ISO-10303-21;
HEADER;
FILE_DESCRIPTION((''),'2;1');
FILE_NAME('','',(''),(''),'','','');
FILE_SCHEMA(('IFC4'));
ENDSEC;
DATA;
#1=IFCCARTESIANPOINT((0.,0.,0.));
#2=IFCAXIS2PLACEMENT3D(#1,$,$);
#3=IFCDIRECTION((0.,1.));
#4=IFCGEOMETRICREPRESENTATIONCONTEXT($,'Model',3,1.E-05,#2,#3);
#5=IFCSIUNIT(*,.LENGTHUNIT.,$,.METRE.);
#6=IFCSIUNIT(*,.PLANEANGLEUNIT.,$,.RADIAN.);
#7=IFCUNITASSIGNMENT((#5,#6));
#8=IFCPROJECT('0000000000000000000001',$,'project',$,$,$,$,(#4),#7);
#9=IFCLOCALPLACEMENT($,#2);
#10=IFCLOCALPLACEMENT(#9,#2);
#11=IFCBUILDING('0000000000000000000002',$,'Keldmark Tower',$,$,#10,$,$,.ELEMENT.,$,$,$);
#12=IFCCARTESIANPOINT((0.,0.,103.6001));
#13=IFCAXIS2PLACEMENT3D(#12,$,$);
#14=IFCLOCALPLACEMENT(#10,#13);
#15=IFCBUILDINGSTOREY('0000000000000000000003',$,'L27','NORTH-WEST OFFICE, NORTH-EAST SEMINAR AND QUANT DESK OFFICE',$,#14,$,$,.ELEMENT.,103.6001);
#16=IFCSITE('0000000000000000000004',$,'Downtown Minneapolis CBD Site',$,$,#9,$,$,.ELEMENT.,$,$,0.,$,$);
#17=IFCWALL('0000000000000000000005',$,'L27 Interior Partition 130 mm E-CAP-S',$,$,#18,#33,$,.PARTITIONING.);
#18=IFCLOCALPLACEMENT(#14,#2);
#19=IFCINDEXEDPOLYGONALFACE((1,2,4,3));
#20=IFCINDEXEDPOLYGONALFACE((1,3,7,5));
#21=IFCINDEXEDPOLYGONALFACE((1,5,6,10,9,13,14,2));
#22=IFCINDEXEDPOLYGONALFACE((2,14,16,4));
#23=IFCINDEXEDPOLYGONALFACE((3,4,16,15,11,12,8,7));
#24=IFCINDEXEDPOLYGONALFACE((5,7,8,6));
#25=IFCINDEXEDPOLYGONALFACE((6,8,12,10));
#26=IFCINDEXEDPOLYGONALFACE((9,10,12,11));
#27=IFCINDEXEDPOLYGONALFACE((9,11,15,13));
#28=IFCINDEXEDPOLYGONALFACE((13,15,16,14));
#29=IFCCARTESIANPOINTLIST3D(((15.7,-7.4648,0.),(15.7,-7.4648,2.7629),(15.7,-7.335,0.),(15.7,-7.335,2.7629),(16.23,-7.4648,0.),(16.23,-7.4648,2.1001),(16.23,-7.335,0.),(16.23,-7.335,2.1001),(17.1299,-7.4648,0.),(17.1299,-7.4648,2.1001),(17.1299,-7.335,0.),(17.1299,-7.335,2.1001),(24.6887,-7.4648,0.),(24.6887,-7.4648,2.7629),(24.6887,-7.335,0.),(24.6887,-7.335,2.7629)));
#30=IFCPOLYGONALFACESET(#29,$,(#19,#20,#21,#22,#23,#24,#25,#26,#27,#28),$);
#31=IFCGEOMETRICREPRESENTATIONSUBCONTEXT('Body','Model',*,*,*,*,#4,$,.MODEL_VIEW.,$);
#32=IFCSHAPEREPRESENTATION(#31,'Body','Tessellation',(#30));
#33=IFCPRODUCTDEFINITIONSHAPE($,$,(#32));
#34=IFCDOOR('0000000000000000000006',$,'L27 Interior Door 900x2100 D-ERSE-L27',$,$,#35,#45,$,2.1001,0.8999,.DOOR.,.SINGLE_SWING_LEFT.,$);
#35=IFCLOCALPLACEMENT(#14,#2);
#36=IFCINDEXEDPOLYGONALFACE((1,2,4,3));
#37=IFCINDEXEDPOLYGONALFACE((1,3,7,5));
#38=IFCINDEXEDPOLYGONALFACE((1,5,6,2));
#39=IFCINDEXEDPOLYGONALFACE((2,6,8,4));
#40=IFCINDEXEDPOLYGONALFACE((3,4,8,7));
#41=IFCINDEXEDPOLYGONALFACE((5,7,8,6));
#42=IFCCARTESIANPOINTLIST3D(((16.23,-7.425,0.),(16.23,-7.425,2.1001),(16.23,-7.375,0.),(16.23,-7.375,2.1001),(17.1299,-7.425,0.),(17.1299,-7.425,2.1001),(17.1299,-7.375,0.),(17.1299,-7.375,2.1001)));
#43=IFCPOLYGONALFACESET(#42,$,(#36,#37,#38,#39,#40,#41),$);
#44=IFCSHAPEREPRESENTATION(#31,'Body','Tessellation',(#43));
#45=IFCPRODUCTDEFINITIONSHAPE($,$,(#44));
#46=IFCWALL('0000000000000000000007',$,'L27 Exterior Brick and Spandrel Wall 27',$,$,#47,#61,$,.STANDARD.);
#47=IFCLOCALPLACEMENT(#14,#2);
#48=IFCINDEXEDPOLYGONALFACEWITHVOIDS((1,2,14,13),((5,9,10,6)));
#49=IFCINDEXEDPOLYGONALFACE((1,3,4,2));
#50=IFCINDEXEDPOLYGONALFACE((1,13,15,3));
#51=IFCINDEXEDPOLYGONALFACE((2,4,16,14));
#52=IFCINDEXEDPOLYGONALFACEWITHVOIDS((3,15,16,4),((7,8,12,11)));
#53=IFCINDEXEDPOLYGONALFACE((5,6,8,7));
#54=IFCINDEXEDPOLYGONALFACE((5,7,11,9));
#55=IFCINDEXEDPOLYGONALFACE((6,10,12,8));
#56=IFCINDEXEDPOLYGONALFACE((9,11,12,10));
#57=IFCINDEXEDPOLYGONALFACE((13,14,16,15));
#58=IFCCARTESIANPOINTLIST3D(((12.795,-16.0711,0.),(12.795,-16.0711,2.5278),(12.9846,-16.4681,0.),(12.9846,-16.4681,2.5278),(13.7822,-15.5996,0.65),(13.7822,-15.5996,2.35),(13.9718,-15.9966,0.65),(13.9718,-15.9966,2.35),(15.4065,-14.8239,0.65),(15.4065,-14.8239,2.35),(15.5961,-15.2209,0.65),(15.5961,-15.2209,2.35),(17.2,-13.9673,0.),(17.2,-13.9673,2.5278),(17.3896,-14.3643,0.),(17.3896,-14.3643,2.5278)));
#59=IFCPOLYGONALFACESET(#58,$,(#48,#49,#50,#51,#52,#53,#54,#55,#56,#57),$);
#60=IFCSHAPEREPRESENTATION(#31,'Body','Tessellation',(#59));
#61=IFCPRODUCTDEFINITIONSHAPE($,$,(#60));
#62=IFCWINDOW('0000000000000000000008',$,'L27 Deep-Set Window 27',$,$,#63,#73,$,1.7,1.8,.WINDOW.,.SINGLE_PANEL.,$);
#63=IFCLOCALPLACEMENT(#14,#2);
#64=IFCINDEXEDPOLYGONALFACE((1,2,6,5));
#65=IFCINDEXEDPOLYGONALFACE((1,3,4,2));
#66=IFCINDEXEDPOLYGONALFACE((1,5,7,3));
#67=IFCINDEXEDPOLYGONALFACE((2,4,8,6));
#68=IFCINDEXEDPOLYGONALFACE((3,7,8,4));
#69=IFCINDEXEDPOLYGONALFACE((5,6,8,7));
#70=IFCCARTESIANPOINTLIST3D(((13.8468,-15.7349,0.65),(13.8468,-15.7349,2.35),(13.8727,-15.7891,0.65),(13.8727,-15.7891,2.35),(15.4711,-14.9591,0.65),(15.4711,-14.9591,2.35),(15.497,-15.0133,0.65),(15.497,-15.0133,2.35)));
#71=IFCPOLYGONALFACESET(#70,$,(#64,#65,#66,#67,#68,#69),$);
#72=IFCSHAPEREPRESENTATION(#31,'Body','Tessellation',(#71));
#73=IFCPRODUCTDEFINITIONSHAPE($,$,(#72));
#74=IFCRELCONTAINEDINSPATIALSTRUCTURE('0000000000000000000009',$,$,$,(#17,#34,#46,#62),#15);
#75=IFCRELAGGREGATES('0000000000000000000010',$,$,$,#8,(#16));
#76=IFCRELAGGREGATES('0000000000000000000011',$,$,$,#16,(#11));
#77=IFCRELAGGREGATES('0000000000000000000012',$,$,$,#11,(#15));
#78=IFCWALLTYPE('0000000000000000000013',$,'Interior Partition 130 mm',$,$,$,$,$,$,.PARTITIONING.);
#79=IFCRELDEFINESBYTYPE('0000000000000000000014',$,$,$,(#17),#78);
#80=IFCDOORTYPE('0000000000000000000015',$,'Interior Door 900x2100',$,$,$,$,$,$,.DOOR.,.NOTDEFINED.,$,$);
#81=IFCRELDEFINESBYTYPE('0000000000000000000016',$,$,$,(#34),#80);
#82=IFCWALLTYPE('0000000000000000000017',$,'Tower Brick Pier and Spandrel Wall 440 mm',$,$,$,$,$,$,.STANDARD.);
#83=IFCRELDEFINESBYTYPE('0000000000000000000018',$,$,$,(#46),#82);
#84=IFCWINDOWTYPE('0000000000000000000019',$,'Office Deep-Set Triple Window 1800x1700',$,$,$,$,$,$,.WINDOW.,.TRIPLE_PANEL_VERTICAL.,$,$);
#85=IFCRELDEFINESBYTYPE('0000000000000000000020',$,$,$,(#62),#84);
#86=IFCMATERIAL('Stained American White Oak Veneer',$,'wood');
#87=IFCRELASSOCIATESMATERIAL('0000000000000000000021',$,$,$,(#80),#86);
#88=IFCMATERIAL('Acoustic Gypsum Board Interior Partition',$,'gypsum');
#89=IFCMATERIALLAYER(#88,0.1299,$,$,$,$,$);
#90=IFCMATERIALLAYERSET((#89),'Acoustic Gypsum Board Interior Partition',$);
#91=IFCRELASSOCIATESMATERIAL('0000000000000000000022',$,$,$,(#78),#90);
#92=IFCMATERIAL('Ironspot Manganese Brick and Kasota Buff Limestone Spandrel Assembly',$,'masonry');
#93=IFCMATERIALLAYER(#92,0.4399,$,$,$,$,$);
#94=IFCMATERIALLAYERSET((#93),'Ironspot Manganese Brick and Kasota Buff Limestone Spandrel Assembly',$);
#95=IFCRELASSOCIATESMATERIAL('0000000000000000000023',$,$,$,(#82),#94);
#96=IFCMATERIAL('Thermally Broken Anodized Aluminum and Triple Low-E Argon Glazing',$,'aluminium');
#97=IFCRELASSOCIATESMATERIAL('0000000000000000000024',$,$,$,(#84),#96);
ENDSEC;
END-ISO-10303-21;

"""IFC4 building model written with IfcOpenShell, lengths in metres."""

from ifc_helpers import new_model, si_unit, direction, frame, frame_2d, origin, place, context, subcontext, project, spatial, rectangle, extrude, material, layer, layer_set, type_object, element, fill, save


model = new_model("IFC4")

# Units and contexts
model_context = context("Model", 3, precision=1e-05, world=origin(), true_north=direction((0.0, 1.0)))
body_context = subcontext(model_context, "Body", "Model", "MODEL_VIEW")
ifc_project = project(units=[si_unit("LENGTHUNIT", "METRE"), si_unit("PLANEANGLEUNIT", "RADIAN")], contexts=[model_context])

# Site, building, storey
site_placement = place(None, origin())
site = spatial("IfcSite", under=ifc_project, at=site_placement, Name="Downtown Minneapolis CBD Site", CompositionType="ELEMENT", RefElevation=0.0)
building_placement = place(site_placement, origin())
building = spatial("IfcBuilding", under=site, at=building_placement, Name="Keldmark Tower", CompositionType="ELEMENT")
storey_placement = place(building_placement, frame((0.0, 0.0, 103.6001)))
storey = spatial("IfcBuildingStorey", under=building, at=storey_placement, Name="L27", Description="NORTH-WEST OFFICE, NORTH-EAST SEMINAR AND QUANT DESK OFFICE", CompositionType="ELEMENT", Elevation=103.6001)

# Shared definitions
ifc_material_1 = material(Name="Stained American White Oak Veneer", Category="wood")
door_type = type_object("IfcDoorType", Name="Interior Door 900x2100", OperationType="NOTDEFINED", PredefinedType="DOOR", material=ifc_material_1)

# Wall, opening, door
ifc_material_2 = material(Name="Acoustic Gypsum Board Interior Partition", Category="gypsum")
ifc_layer_1 = layer(ifc_material_2, 0.1299)
ifc_layer_set_1 = layer_set([ifc_layer_1], Name="Acoustic Gypsum Board Interior Partition")
wall_type_1 = type_object("IfcWallType", Name="Interior Partition 130 mm", PredefinedType="PARTITIONING", material=ifc_layer_set_1)
wall_1_placement = place(storey_placement, frame((15.7, -7.3999, 0.0), z_axis=(0.0, 0.0, 1.0), x_axis=(1.0, 0.0, 0.0)))
wall_1 = element("IfcWall", 1, at=wall_1_placement, inside=storey, type_object=wall_type_1, Name="L27 Interior Partition 130 mm E-CAP-S", PredefinedType="PARTITIONING", context=body_context, shape_type="SweptSolid", body=[
    extrude(rectangle(XDim=8.9888, YDim=0.1299, at=frame_2d((4.4944, 0.0))), origin(), (0.0, 0.0, 1.0), 2.7629),
])
opening_1_placement = place(wall_1_placement, frame((0.53, 0.0, 0.0)))
opening_1 = element("IfcOpeningElement", 2, at=opening_1_placement, cuts=wall_1, PredefinedType="OPENING", context=body_context, shape_type="SweptSolid", body=[
    extrude(rectangle(XDim=0.8999, YDim=2.1001, at=frame_2d((0.45, 1.05))), frame((0.0, 0.075, 0.0), z_axis=(0.0, -1.0, 0.0), x_axis=(1.0, 0.0, 0.0)), (0.0, 0.0, 1.0), 0.1499),
])
door_1_placement = place(opening_1_placement, origin())
door_1 = element("IfcDoor", 3, at=door_1_placement, inside=storey, type_object=door_type, Name="L27 Interior Door 900x2100 D-ERSE-L27", OperationType="SINGLE_SWING_LEFT", OverallHeight=2.1001, OverallWidth=0.8999, PredefinedType="DOOR", context=body_context, shape_type="SweptSolid", body=[
    extrude(rectangle(XDim=0.8999, YDim=2.1001, at=frame_2d((0.45, 1.05))), frame((0.0, 0.0249, 0.0), z_axis=(0.0, -1.0, 0.0), x_axis=(1.0, 0.0, 0.0)), (0.0, 0.0, 1.0), 0.05),
])
fill(opening_1, door_1)

# Wall, opening, window
ifc_material_3 = material(Name="Ironspot Manganese Brick and Kasota Buff Limestone Spandrel Assembly", Category="masonry")
ifc_layer_2 = layer(ifc_material_3, 0.4399)
ifc_layer_set_2 = layer_set([ifc_layer_2], Name="Ironspot Manganese Brick and Kasota Buff Limestone Spandrel Assembly")
wall_type_2 = type_object("IfcWallType", Name="Tower Brick Pier and Spandrel Wall 440 mm", PredefinedType="STANDARD", material=ifc_layer_set_2)
wall_2_placement = place(storey_placement, frame((17.2949, -14.1658, 0.0), z_axis=(0.0, 0.0, 1.0), x_axis=(-0.902373, -0.430956, 0.0)))
wall_2 = element("IfcWall", 4, at=wall_2_placement, inside=storey, type_object=wall_type_2, Name="L27 Exterior Brick and Spandrel Wall 27", PredefinedType="STANDARD", context=body_context, shape_type="SweptSolid", body=[
    extrude(rectangle(XDim=4.8816, YDim=0.4399, at=frame_2d((2.4409, 0.0))), origin(), (0.0, 0.0, 1.0), 2.5278),
])
opening_2_placement = place(wall_2_placement, frame((1.9878, 0.0, 0.6499)))
opening_2 = element("IfcOpeningElement", 5, at=opening_2_placement, cuts=wall_2, PredefinedType="OPENING", context=body_context, shape_type="SweptSolid", body=[
    extrude(rectangle(XDim=1.8, YDim=1.7, at=frame_2d((0.8999, 0.8501))), frame((0.0, 0.23, 0.0), z_axis=(0.0, -1.0, 0.0), x_axis=(1.0, 0.0, 0.0)), (0.0, 0.0, 1.0), 0.46),
])
ifc_material_4 = material(Name="Thermally Broken Anodized Aluminum and Triple Low-E Argon Glazing", Category="aluminium")
window_type = type_object("IfcWindowType", Name="Office Deep-Set Triple Window 1800x1700", PartitioningType="TRIPLE_PANEL_VERTICAL", PredefinedType="WINDOW", material=ifc_material_4)
window_placement = place(opening_2_placement, origin())
window = element("IfcWindow", 6, at=window_placement, inside=storey, type_object=window_type, Name="L27 Deep-Set Window 27", OverallHeight=1.7, OverallWidth=1.8, PartitioningType="SINGLE_PANEL", PredefinedType="WINDOW", context=body_context, shape_type="SweptSolid", body=[
    extrude(rectangle(XDim=1.8, YDim=1.7, at=frame_2d((0.8999, 0.8501))), frame((0.0, -0.01, 0.0), z_axis=(0.0, -1.0, 0.0), x_axis=(1.0, 0.0, 0.0)), (0.0, 0.0, 1.0), 0.0601),
])
fill(opening_2, window)

save(model, "model.ifc")
